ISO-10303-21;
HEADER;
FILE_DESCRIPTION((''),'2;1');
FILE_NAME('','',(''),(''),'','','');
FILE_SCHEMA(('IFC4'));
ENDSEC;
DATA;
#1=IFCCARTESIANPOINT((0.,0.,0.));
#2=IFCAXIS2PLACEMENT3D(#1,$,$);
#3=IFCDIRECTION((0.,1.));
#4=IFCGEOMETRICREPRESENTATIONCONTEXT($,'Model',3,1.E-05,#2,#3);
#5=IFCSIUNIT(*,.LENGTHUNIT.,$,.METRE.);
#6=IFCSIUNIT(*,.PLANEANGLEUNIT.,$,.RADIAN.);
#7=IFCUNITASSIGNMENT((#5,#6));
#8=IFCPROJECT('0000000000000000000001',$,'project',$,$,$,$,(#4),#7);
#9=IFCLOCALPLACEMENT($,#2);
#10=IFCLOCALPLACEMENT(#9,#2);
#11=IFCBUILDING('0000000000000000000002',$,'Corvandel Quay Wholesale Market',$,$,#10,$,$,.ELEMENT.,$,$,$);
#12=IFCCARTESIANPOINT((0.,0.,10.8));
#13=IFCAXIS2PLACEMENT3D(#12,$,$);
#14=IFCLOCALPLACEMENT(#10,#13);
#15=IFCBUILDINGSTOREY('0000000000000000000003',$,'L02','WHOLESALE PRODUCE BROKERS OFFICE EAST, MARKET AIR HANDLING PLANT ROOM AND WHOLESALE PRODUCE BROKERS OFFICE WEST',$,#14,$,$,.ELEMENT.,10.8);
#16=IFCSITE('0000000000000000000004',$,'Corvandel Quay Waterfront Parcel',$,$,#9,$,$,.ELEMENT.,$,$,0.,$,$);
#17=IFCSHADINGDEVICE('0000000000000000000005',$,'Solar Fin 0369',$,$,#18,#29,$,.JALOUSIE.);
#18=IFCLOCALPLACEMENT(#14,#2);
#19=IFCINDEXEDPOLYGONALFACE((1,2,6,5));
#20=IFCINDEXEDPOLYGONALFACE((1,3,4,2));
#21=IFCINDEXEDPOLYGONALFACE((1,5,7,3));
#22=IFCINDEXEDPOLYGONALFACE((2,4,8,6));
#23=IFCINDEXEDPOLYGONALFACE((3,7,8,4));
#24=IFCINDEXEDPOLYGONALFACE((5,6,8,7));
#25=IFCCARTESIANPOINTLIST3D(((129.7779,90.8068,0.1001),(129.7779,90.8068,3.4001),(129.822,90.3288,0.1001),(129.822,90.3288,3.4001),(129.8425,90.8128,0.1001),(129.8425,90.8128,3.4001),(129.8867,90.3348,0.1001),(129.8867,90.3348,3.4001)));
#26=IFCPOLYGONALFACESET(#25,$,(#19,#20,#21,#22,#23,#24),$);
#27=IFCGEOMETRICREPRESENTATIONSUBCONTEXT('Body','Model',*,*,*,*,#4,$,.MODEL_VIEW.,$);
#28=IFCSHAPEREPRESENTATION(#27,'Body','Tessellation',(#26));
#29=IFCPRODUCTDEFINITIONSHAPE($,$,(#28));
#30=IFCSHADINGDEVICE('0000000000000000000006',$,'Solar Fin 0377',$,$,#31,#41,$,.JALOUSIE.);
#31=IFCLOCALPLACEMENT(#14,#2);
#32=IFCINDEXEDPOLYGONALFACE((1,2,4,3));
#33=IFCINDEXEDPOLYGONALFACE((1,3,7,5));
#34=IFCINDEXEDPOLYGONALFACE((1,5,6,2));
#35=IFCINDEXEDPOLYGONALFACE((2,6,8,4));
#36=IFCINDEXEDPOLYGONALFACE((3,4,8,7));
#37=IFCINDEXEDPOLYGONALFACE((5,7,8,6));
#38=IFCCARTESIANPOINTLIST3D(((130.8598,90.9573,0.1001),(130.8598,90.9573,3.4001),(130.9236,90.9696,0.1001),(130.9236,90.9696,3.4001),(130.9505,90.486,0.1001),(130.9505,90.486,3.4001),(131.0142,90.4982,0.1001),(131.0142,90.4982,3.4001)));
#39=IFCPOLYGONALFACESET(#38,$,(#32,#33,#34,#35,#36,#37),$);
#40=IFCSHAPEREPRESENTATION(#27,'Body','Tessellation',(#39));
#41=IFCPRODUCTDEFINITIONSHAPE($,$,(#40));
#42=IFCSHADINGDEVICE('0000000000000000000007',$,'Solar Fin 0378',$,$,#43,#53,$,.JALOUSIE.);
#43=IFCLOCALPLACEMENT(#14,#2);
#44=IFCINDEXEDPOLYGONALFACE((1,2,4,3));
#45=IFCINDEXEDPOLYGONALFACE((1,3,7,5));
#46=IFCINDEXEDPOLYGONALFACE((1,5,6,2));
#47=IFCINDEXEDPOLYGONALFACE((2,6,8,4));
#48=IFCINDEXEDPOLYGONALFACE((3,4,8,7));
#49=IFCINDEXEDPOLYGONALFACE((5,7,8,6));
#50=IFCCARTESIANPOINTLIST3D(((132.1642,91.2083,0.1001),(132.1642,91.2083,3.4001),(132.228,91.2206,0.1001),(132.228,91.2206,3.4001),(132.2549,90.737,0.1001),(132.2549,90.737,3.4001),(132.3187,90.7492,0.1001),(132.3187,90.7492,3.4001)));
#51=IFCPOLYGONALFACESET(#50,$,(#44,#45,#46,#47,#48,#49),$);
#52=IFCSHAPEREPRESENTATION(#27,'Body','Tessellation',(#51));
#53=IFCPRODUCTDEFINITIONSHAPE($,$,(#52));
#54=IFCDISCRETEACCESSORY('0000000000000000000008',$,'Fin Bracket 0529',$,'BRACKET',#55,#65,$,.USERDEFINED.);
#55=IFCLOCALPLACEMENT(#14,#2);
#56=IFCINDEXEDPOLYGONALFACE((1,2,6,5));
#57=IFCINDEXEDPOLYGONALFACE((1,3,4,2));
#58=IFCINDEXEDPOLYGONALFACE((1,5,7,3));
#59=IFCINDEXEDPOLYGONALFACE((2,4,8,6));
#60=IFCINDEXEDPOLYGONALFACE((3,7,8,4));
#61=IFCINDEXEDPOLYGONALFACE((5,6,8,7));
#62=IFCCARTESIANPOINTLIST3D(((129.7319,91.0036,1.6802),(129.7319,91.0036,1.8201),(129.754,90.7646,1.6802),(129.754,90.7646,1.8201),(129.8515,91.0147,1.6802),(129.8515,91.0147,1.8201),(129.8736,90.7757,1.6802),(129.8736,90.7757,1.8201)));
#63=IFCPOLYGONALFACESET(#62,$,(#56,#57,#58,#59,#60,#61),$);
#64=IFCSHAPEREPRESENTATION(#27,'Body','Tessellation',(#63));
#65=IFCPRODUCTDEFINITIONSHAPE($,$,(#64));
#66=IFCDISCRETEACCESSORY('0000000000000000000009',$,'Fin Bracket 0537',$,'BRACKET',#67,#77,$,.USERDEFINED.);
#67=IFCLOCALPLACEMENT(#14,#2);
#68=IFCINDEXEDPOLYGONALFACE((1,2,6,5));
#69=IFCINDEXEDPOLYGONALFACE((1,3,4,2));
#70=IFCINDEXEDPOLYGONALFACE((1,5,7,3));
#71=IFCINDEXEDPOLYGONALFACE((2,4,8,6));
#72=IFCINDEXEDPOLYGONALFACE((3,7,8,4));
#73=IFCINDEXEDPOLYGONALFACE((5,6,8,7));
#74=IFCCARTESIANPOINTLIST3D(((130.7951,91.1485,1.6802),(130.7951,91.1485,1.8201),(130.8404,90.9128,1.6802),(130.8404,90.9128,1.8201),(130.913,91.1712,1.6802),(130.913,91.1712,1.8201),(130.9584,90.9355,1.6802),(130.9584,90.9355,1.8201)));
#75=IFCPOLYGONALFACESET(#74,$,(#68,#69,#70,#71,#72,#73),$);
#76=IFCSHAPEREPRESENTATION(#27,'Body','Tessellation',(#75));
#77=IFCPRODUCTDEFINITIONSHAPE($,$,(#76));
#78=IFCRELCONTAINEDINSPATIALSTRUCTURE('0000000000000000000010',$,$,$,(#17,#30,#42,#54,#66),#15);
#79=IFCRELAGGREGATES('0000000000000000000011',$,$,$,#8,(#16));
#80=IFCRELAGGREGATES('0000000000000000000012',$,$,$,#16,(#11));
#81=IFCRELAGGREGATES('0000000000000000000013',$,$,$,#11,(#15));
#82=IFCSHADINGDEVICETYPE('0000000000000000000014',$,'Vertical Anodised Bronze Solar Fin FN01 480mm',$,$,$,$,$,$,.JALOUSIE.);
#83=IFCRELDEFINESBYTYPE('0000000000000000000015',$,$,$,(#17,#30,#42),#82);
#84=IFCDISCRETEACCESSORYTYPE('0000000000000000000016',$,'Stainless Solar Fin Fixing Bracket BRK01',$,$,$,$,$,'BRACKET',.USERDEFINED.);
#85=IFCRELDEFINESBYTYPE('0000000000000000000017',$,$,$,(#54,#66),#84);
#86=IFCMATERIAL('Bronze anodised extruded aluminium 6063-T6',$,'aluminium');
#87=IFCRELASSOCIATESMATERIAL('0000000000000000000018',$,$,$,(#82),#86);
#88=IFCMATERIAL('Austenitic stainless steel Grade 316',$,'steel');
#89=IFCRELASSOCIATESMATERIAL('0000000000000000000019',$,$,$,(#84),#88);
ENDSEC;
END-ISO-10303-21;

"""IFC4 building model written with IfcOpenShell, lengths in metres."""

from ifc_helpers import new_model, si_unit, direction, frame, origin, origin_2d, place, context, subcontext, project, spatial, rectangle, extrude, material, type_object, element, save


model = new_model("IFC4")

# Units and contexts
model_context = context("Model", 3, precision=1e-05, world=origin(), true_north=direction((0.0, 1.0)))
body_context = subcontext(model_context, "Body", "Model", "MODEL_VIEW")
ifc_project = project(units=[si_unit("LENGTHUNIT", "METRE"), si_unit("PLANEANGLEUNIT", "RADIAN")], contexts=[model_context])

# Site, building, storey
site_placement = place(None, origin())
site = spatial("IfcSite", under=ifc_project, at=site_placement, Name="Corvandel Quay Waterfront Parcel", CompositionType="ELEMENT", RefElevation=0.0)
building_placement = place(site_placement, origin())
building = spatial("IfcBuilding", under=site, at=building_placement, Name="Corvandel Quay Wholesale Market", CompositionType="ELEMENT")
storey_placement = place(building_placement, frame((0.0, 0.0, 10.8)))
storey = spatial("IfcBuildingStorey", under=building, at=storey_placement, Name="L02", Description="WHOLESALE PRODUCE BROKERS OFFICE EAST, MARKET AIR HANDLING PLANT ROOM AND WHOLESALE PRODUCE BROKERS OFFICE WEST", CompositionType="ELEMENT", Elevation=10.8)

# Shading devices
ifc_material_1 = material(Name="Bronze anodised extruded aluminium 6063-T6", Category="aluminium")
shading_device_type = type_object("IfcShadingDeviceType", Name="Vertical Anodised Bronze Solar Fin FN01 480mm", PredefinedType="JALOUSIE", material=ifc_material_1)
for number, where, z_axis, x_axis, name in (
    (1, (129.8323, 90.5708, 0.1001), (0.0, 0.0, 1.0), (-0.092023, 0.995757, 0.0), "Solar Fin 0369"),
    (2, (130.937, 90.7278, 0.1001), (0.0, 0.0, 1.0), (-0.188924, 0.981992, 0.0), "Solar Fin 0377"),
    (3, (132.2415, 90.9788, 0.1001), (0.0, 0.0, 1.0), (-0.188924, 0.981992, 0.0), "Solar Fin 0378"),
):
    element("IfcShadingDevice", number, at=place(storey_placement, frame(where, z_axis=z_axis, x_axis=x_axis)), inside=storey, type_object=shading_device_type, Name=name, PredefinedType="JALOUSIE", context=body_context, shape_type="SweptSolid", body=[
        extrude(rectangle(XDim=0.48, YDim=0.0649, at=origin_2d()), origin(), (0.0, 0.0, 1.0), 3.3),
    ])

# Discrete accessories
ifc_material_2 = material(Name="Austenitic stainless steel Grade 316", Category="steel")
discrete_accessory_type = type_object("IfcDiscreteAccessoryType", Name="Stainless Solar Fin Fixing Bracket BRK01", ElementType="BRACKET", PredefinedType="USERDEFINED", material=ifc_material_2)
for number, where, z_axis, x_axis, name in (
    (4, (129.8027, 90.8896, 1.6802), (0.0, 0.0, 1.0), (-0.092023, 0.995757, 0.0), "Fin Bracket 0529"),
    (5, (130.8767, 91.042, 1.6802), (0.0, 0.0, 1.0), (-0.188924, 0.981992, 0.0), "Fin Bracket 0537"),
):
    element("IfcDiscreteAccessory", number, at=place(storey_placement, frame(where, z_axis=z_axis, x_axis=x_axis)), inside=storey, type_object=discrete_accessory_type, Name=name, ObjectType="BRACKET", PredefinedType="USERDEFINED", context=body_context, shape_type="SweptSolid", body=[
        extrude(rectangle(XDim=0.24, YDim=0.1201, at=origin_2d()), origin(), (0.0, 0.0, 1.0), 0.1399),
    ])

save(model, "model.ifc")
